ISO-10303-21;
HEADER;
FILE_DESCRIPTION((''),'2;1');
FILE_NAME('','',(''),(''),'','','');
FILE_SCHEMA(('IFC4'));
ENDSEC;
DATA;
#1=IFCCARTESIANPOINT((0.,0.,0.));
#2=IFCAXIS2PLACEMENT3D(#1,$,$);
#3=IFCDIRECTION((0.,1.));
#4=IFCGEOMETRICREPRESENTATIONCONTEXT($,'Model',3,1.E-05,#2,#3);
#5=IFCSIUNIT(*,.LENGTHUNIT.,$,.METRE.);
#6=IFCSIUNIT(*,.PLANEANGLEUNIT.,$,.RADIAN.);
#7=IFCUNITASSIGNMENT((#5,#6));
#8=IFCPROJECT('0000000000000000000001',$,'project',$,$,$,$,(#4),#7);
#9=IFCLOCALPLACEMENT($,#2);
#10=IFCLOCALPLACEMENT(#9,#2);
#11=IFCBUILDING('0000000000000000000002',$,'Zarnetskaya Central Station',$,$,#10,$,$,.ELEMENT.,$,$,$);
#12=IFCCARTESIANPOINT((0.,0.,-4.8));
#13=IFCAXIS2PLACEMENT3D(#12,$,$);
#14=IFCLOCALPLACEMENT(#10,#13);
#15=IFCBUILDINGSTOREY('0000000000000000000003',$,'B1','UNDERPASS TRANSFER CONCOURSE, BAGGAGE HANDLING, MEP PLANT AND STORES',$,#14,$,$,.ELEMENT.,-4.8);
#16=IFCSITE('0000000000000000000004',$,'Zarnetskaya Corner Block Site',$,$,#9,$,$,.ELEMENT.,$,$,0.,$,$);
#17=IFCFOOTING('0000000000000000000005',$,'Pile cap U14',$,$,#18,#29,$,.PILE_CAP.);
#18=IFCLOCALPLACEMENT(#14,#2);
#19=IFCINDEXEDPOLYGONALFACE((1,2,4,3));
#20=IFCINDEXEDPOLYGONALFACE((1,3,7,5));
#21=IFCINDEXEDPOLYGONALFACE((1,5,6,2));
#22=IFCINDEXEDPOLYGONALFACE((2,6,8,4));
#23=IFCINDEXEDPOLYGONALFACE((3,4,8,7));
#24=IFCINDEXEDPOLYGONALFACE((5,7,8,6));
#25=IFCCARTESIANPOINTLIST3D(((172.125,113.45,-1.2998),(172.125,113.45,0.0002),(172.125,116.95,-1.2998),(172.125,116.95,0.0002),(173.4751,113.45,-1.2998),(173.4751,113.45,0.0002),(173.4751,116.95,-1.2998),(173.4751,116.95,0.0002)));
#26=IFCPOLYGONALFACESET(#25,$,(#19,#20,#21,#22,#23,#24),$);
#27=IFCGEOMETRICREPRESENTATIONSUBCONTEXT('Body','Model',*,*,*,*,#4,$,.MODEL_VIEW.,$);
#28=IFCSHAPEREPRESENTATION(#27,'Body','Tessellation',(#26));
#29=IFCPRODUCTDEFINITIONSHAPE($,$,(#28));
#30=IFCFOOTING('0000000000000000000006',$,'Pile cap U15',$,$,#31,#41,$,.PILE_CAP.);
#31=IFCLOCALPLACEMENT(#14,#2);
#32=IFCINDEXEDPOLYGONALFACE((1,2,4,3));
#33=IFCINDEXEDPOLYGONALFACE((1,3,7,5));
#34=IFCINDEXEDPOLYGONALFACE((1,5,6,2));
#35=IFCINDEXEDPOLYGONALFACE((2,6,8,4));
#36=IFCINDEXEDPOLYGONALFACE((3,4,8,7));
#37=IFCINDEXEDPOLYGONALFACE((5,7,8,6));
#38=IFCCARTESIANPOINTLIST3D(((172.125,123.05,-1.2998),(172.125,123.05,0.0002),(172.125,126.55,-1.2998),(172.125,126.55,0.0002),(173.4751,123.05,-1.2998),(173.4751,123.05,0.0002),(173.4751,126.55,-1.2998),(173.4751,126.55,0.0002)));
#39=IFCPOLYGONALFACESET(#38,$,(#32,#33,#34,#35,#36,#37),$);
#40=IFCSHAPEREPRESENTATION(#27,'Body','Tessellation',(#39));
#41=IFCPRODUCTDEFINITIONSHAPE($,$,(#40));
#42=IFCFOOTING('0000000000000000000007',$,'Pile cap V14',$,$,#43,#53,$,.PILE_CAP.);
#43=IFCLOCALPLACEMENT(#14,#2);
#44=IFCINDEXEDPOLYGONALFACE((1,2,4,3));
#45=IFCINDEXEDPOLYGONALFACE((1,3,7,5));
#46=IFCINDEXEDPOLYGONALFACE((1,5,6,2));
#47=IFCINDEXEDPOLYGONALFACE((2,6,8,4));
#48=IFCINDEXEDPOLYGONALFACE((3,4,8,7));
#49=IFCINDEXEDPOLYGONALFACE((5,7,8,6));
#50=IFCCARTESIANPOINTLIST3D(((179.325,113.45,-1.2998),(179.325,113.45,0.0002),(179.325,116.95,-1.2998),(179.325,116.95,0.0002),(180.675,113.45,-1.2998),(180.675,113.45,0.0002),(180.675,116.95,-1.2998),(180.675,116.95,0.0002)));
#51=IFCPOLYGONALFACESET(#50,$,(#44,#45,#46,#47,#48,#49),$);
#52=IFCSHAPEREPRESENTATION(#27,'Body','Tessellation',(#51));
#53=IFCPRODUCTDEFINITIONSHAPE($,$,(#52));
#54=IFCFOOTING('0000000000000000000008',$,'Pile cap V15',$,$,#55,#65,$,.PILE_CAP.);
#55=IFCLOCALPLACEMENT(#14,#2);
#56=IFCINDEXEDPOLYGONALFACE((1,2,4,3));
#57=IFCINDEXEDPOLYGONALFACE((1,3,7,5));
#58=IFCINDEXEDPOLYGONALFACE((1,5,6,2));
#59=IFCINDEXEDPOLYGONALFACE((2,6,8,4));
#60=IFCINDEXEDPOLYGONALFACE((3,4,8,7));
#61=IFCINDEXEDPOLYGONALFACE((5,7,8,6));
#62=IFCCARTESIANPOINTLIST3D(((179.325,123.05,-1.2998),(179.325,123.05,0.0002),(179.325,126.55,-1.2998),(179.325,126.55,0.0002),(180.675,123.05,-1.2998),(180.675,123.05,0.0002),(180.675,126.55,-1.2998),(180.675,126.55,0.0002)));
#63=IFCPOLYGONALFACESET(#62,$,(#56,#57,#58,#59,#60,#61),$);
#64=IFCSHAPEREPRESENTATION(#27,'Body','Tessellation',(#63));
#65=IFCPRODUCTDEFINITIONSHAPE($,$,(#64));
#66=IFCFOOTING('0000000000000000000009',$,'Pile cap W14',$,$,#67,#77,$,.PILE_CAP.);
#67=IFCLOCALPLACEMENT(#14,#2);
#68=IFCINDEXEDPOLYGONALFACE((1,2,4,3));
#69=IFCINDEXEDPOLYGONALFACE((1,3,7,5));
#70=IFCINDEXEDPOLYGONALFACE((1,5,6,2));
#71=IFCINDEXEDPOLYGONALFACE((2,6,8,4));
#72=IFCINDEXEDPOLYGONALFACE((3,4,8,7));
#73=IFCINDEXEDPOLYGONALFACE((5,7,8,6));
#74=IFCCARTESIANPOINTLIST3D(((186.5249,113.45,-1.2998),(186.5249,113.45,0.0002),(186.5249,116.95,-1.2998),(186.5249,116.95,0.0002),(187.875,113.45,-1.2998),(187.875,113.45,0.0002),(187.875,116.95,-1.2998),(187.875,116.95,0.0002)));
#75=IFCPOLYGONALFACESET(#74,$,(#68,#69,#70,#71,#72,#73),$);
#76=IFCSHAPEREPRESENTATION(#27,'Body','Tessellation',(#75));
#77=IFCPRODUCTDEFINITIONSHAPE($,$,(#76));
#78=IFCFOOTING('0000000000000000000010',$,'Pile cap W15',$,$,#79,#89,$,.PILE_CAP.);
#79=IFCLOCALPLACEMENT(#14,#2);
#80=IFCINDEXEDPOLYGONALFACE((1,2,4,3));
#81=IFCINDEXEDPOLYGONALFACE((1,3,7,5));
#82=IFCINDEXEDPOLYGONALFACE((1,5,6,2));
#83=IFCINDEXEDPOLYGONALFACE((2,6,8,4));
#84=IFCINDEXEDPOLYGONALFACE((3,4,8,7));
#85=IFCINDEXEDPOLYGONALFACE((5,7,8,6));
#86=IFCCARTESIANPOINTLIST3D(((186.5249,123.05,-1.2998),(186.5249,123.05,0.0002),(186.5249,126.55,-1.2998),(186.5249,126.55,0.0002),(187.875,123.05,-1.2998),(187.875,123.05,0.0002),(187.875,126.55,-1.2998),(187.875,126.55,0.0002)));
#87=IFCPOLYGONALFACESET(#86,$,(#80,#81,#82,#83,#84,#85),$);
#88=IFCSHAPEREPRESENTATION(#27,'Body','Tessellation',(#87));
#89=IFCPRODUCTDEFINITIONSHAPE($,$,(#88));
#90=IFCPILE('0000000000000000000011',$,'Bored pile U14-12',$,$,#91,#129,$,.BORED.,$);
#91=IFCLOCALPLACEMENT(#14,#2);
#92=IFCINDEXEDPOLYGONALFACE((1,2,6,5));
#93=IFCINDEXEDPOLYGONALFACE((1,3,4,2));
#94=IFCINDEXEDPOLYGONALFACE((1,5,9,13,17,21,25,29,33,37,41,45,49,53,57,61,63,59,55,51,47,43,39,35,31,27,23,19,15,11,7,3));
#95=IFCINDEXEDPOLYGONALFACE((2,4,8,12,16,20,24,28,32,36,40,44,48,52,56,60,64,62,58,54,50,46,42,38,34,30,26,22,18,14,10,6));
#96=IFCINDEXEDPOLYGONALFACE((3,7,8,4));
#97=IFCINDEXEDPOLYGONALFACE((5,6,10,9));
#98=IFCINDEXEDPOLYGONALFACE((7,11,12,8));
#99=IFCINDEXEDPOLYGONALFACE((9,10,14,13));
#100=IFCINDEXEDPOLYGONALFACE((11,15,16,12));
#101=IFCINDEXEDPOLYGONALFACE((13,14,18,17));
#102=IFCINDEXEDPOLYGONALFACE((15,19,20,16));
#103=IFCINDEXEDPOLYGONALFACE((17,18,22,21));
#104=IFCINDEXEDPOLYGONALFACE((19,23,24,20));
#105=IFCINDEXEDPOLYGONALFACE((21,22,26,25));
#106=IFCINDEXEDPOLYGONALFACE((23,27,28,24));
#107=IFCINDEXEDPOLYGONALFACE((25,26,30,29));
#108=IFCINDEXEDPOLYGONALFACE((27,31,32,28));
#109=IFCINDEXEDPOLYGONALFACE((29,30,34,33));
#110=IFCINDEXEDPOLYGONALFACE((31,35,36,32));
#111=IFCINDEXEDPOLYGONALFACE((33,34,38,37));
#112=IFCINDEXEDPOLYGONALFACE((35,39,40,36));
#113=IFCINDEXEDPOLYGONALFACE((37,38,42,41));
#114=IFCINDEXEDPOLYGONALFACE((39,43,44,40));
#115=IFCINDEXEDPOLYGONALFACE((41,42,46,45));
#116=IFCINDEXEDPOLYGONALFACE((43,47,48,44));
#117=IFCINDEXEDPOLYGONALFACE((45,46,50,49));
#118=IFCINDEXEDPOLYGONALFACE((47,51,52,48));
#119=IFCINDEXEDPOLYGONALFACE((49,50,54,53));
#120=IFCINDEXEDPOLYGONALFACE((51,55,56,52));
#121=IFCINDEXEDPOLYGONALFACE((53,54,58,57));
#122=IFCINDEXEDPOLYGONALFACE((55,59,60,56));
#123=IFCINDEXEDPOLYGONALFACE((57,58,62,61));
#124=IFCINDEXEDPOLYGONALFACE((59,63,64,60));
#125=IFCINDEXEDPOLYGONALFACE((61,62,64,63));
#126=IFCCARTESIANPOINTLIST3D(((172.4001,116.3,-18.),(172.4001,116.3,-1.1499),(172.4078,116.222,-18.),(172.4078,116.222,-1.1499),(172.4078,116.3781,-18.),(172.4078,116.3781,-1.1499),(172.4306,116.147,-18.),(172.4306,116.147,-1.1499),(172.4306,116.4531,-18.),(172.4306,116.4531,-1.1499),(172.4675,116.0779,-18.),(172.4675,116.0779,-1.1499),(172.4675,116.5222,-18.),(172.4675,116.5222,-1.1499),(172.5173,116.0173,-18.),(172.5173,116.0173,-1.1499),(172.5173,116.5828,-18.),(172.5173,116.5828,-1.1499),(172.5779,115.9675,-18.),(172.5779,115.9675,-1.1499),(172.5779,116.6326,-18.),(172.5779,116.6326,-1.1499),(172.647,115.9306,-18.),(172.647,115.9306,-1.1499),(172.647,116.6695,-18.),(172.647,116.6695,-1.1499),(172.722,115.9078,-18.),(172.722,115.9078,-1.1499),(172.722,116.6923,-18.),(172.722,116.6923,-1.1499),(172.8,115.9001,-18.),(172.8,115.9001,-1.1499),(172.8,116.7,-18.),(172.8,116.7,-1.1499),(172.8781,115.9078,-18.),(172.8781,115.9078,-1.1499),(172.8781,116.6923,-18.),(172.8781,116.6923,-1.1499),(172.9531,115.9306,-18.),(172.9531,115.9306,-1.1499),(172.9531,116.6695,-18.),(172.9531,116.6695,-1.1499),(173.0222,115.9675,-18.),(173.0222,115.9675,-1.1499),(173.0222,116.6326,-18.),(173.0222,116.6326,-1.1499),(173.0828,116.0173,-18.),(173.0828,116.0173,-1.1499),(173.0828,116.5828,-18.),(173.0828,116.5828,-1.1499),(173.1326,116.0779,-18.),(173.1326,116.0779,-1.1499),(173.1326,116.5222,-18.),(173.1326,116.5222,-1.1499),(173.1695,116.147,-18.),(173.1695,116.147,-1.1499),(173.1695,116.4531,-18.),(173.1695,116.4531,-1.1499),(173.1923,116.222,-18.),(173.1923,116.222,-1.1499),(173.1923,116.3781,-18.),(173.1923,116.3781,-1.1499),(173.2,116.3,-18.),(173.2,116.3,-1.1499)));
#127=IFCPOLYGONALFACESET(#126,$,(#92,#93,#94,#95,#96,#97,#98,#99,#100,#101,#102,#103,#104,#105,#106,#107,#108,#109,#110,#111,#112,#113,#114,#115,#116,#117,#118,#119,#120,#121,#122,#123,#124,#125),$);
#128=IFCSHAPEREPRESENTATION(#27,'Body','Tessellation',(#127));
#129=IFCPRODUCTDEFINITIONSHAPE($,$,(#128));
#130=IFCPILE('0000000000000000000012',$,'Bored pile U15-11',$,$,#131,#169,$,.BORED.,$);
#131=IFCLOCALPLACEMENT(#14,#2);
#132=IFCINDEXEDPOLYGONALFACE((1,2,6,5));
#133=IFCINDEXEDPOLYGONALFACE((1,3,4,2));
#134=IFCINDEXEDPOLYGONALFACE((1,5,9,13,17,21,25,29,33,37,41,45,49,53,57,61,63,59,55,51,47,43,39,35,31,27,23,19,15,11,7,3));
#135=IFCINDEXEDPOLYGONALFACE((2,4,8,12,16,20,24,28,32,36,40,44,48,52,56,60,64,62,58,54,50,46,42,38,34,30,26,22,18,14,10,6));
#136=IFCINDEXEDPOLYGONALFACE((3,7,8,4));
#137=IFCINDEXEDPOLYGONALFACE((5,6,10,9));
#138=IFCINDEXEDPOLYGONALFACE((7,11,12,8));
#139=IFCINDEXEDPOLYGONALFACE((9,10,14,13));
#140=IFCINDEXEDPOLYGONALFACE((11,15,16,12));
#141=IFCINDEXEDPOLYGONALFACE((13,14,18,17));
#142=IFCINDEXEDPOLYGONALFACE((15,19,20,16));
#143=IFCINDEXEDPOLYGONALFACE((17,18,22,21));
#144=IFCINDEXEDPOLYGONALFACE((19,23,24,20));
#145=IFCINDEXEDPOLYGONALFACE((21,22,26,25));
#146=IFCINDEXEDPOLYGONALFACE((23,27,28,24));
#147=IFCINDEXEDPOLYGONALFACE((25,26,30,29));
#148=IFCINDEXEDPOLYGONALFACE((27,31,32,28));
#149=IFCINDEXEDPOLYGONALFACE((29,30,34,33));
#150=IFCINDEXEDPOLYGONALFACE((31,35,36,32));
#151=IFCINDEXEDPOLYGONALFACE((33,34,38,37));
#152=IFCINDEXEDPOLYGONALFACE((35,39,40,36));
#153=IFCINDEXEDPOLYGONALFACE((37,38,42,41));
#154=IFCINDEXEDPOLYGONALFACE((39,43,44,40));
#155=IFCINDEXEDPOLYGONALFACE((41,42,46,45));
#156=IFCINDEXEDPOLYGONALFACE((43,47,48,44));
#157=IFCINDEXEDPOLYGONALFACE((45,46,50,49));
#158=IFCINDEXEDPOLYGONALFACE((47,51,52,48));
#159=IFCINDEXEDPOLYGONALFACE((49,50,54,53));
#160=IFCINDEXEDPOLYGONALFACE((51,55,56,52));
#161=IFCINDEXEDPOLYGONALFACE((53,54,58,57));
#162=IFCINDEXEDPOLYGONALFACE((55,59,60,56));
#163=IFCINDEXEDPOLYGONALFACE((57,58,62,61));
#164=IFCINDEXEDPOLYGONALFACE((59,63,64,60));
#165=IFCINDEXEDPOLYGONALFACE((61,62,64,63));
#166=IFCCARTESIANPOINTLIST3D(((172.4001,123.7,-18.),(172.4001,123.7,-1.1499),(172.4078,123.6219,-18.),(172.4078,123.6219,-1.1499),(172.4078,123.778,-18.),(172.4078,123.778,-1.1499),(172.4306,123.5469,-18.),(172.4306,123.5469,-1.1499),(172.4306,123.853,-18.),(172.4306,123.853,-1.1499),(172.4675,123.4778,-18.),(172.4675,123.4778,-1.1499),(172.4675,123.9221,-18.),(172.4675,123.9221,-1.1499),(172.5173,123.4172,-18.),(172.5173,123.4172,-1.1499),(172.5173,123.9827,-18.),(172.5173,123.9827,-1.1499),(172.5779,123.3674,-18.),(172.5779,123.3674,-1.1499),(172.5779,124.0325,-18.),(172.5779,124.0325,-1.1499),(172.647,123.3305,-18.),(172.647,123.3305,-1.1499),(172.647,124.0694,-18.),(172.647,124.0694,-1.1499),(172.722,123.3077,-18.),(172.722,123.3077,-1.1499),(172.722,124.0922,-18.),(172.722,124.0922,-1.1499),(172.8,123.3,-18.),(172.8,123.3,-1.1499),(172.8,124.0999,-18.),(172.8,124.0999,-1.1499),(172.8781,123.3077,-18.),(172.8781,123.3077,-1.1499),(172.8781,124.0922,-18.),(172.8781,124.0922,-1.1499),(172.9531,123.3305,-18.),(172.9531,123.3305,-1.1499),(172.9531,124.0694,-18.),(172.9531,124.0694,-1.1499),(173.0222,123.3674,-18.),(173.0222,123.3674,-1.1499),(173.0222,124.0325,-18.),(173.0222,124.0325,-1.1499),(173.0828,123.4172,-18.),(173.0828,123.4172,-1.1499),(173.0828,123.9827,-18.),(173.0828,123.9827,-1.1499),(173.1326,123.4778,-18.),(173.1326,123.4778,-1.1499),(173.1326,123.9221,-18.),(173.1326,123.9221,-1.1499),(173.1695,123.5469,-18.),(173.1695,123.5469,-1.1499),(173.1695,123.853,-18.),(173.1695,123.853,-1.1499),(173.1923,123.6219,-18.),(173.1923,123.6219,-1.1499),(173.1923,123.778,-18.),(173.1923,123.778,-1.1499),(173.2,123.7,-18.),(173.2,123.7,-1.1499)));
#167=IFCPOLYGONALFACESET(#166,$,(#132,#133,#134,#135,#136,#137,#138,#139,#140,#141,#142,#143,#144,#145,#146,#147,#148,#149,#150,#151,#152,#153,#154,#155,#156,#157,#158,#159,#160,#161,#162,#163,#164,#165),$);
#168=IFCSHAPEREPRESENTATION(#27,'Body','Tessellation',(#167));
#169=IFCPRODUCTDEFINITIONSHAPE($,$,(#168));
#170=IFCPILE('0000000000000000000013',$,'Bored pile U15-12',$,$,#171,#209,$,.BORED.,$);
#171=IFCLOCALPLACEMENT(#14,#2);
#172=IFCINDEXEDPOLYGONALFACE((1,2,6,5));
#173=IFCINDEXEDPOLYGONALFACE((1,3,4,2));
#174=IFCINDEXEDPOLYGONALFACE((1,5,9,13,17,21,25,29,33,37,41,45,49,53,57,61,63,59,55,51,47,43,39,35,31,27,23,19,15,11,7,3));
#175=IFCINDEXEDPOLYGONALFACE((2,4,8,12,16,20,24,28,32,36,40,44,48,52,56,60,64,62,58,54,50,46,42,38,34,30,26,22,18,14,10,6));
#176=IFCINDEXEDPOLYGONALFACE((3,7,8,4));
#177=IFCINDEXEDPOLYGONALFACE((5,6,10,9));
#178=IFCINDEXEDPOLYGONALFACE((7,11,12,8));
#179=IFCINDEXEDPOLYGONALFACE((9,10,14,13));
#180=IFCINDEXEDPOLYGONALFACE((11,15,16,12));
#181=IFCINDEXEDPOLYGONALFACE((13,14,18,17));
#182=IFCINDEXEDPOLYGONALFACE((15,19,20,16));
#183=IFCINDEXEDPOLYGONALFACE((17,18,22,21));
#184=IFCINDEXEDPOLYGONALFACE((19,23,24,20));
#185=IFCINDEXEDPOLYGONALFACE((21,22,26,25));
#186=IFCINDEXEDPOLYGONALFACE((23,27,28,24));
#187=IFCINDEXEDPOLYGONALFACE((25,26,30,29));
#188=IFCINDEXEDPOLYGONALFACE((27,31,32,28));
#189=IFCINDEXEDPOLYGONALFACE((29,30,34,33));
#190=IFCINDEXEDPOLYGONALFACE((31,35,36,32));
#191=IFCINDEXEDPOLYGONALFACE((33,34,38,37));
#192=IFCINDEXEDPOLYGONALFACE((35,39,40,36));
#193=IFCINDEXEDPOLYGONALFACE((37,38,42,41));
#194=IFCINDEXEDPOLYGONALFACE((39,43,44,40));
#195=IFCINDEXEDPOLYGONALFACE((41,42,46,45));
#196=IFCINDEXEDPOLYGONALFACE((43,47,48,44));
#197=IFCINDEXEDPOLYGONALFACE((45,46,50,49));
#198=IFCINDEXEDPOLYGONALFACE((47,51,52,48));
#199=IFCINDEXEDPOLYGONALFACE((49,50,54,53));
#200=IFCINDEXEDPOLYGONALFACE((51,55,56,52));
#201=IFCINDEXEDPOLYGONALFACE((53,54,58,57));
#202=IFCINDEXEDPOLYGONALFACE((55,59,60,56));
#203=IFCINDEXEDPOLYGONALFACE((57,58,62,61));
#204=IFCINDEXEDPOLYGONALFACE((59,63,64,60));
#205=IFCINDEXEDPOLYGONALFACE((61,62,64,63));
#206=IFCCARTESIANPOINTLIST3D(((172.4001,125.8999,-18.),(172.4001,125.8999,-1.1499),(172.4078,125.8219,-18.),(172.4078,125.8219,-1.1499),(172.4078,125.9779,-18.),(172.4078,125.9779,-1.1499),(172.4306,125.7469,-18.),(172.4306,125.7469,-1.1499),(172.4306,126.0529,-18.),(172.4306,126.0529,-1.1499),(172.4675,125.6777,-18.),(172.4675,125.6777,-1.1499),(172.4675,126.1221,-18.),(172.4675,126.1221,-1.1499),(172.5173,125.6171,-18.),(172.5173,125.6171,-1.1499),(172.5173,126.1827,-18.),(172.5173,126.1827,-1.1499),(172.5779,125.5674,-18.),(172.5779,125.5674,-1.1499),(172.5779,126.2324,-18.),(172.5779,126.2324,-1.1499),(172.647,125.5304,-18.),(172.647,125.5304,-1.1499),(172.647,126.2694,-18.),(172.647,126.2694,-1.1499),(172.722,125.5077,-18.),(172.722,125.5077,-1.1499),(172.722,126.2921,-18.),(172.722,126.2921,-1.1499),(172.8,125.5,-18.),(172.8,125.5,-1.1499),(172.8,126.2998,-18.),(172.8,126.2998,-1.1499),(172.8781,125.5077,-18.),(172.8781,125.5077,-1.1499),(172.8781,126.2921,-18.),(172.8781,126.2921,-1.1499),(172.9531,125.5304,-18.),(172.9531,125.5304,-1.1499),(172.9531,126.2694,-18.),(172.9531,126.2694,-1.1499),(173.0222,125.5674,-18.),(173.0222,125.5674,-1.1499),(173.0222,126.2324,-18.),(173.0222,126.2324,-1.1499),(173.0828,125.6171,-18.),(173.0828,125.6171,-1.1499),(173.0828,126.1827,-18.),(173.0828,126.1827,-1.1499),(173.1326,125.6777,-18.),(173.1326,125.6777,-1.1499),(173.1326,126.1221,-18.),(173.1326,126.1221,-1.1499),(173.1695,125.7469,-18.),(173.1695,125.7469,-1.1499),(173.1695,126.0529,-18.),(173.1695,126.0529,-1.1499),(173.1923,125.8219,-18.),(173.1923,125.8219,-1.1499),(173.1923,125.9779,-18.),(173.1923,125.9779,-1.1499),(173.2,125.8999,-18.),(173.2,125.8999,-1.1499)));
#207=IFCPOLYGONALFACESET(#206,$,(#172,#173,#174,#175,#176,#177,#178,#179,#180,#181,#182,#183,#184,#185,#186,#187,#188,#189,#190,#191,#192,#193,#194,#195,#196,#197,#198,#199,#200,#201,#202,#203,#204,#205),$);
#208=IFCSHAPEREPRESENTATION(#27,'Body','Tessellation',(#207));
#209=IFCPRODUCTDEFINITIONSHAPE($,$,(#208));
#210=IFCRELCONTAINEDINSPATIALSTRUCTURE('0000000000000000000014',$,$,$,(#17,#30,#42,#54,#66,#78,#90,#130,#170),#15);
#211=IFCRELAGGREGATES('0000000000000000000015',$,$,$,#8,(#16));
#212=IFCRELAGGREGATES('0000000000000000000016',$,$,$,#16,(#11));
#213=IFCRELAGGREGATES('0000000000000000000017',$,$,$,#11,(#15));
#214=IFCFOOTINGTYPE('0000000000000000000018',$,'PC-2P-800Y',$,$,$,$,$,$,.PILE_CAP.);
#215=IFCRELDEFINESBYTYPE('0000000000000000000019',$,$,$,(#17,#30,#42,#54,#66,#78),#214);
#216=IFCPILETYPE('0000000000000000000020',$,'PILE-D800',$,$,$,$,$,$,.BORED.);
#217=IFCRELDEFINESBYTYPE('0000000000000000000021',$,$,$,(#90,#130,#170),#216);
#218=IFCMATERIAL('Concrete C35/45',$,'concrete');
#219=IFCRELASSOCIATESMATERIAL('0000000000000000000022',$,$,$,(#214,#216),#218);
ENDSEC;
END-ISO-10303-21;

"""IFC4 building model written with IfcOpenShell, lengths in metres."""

from ifc_helpers import new_model, si_unit, direction, frame, origin, origin_2d, place, context, subcontext, project, spatial, rectangle, circle, extrude, material, material_profile, profile_set, type_object, element, save


model = new_model("IFC4")

# Units and contexts
model_context = context("Model", 3, precision=1e-05, world=origin(), true_north=direction((0.0, 1.0)))
body_context = subcontext(model_context, "Body", "Model", "MODEL_VIEW")
ifc_project = project(units=[si_unit("LENGTHUNIT", "METRE"), si_unit("PLANEANGLEUNIT", "RADIAN")], contexts=[model_context])

# Site, building, storey
site_placement = place(None, origin())
site = spatial("IfcSite", under=ifc_project, at=site_placement, Name="Zarnetskaya Corner Block Site", CompositionType="ELEMENT", RefElevation=0.0)
building_placement = place(site_placement, origin())
building = spatial("IfcBuilding", under=site, at=building_placement, Name="Zarnetskaya Central Station", CompositionType="ELEMENT")
storey_placement = place(building_placement, frame((0.0, 0.0, -4.8)))
storey = spatial("IfcBuildingStorey", under=building, at=storey_placement, Name="B1", Description="UNDERPASS TRANSFER CONCOURSE, BAGGAGE HANDLING, MEP PLANT AND STORES", CompositionType="ELEMENT", Elevation=-4.8)

# Footings
ifc_material = material(Name="Concrete C35/45", Category="concrete")
footing_type = type_object("IfcFootingType", Name="PC-2P-800Y", PredefinedType="PILE_CAP", material=ifc_material)
for number, where, z_axis, x_axis, name in (
    (1, (172.8, 115.2, -1.2998), (0.0, 0.0, 1.0), (1.0, 0.0, 0.0), "Pile cap U14"),
    (2, (172.8, 124.8, -1.2998), (0.0, 0.0, 1.0), (1.0, 0.0, 0.0), "Pile cap U15"),
    (3, (180.0, 115.2, -1.2998), (0.0, 0.0, 1.0), (1.0, 0.0, 0.0), "Pile cap V14"),
    (4, (180.0, 124.8, -1.2998), (0.0, 0.0, 1.0), (1.0, 0.0, 0.0), "Pile cap V15"),
    (5, (187.2, 115.2, -1.2998), (0.0, 0.0, 1.0), (1.0, 0.0, 0.0), "Pile cap W14"),
    (6, (187.2, 124.8, -1.2998), (0.0, 0.0, 1.0), (1.0, 0.0, 0.0), "Pile cap W15"),
):
    element("IfcFooting", number, at=place(storey_placement, frame(where, z_axis=z_axis, x_axis=x_axis)), inside=storey, type_object=footing_type, Name=name, PredefinedType="PILE_CAP", context=body_context, shape_type="SweptSolid", body=[
        extrude(rectangle(XDim=1.3501, YDim=3.5, at=origin_2d()), origin(), (0.0, 0.0, 1.0), 1.3),
    ])

# Piles
ifc_material_profile_1 = material_profile(ifc_material, circle(Radius=0.3999, at=origin_2d()), Name="BORED PILE D800")
ifc_profile_set_1 = profile_set([ifc_material_profile_1], Name="Concrete C35/45")
pile_type = type_object("IfcPileType", Name="PILE-D800", PredefinedType="BORED", material=ifc_profile_set_1)
for number, where, z_axis, x_axis, name in (
    (7, (172.8, 116.3, -1.1499), (0.0, 0.0, -1.0), (1.0, 0.0, 0.0), "Bored pile U14-12"),
    (8, (172.8, 123.7, -1.1499), (0.0, 0.0, -1.0), (1.0, 0.0, 0.0), "Bored pile U15-11"),
    (9, (172.8, 125.8999, -1.1499), (0.0, 0.0, -1.0), (1.0, 0.0, 0.0), "Bored pile U15-12"),
):
    element("IfcPile", number, at=place(storey_placement, frame(where, z_axis=z_axis, x_axis=x_axis)), inside=storey, type_object=pile_type, Name=name, PredefinedType="BORED", context=body_context, shape_type="SweptSolid", body=[
        extrude(circle(Radius=0.3999, at=origin_2d()), origin(), (0.0, 0.0, 1.0), 16.8501),
    ])

save(model, "model.ifc")
